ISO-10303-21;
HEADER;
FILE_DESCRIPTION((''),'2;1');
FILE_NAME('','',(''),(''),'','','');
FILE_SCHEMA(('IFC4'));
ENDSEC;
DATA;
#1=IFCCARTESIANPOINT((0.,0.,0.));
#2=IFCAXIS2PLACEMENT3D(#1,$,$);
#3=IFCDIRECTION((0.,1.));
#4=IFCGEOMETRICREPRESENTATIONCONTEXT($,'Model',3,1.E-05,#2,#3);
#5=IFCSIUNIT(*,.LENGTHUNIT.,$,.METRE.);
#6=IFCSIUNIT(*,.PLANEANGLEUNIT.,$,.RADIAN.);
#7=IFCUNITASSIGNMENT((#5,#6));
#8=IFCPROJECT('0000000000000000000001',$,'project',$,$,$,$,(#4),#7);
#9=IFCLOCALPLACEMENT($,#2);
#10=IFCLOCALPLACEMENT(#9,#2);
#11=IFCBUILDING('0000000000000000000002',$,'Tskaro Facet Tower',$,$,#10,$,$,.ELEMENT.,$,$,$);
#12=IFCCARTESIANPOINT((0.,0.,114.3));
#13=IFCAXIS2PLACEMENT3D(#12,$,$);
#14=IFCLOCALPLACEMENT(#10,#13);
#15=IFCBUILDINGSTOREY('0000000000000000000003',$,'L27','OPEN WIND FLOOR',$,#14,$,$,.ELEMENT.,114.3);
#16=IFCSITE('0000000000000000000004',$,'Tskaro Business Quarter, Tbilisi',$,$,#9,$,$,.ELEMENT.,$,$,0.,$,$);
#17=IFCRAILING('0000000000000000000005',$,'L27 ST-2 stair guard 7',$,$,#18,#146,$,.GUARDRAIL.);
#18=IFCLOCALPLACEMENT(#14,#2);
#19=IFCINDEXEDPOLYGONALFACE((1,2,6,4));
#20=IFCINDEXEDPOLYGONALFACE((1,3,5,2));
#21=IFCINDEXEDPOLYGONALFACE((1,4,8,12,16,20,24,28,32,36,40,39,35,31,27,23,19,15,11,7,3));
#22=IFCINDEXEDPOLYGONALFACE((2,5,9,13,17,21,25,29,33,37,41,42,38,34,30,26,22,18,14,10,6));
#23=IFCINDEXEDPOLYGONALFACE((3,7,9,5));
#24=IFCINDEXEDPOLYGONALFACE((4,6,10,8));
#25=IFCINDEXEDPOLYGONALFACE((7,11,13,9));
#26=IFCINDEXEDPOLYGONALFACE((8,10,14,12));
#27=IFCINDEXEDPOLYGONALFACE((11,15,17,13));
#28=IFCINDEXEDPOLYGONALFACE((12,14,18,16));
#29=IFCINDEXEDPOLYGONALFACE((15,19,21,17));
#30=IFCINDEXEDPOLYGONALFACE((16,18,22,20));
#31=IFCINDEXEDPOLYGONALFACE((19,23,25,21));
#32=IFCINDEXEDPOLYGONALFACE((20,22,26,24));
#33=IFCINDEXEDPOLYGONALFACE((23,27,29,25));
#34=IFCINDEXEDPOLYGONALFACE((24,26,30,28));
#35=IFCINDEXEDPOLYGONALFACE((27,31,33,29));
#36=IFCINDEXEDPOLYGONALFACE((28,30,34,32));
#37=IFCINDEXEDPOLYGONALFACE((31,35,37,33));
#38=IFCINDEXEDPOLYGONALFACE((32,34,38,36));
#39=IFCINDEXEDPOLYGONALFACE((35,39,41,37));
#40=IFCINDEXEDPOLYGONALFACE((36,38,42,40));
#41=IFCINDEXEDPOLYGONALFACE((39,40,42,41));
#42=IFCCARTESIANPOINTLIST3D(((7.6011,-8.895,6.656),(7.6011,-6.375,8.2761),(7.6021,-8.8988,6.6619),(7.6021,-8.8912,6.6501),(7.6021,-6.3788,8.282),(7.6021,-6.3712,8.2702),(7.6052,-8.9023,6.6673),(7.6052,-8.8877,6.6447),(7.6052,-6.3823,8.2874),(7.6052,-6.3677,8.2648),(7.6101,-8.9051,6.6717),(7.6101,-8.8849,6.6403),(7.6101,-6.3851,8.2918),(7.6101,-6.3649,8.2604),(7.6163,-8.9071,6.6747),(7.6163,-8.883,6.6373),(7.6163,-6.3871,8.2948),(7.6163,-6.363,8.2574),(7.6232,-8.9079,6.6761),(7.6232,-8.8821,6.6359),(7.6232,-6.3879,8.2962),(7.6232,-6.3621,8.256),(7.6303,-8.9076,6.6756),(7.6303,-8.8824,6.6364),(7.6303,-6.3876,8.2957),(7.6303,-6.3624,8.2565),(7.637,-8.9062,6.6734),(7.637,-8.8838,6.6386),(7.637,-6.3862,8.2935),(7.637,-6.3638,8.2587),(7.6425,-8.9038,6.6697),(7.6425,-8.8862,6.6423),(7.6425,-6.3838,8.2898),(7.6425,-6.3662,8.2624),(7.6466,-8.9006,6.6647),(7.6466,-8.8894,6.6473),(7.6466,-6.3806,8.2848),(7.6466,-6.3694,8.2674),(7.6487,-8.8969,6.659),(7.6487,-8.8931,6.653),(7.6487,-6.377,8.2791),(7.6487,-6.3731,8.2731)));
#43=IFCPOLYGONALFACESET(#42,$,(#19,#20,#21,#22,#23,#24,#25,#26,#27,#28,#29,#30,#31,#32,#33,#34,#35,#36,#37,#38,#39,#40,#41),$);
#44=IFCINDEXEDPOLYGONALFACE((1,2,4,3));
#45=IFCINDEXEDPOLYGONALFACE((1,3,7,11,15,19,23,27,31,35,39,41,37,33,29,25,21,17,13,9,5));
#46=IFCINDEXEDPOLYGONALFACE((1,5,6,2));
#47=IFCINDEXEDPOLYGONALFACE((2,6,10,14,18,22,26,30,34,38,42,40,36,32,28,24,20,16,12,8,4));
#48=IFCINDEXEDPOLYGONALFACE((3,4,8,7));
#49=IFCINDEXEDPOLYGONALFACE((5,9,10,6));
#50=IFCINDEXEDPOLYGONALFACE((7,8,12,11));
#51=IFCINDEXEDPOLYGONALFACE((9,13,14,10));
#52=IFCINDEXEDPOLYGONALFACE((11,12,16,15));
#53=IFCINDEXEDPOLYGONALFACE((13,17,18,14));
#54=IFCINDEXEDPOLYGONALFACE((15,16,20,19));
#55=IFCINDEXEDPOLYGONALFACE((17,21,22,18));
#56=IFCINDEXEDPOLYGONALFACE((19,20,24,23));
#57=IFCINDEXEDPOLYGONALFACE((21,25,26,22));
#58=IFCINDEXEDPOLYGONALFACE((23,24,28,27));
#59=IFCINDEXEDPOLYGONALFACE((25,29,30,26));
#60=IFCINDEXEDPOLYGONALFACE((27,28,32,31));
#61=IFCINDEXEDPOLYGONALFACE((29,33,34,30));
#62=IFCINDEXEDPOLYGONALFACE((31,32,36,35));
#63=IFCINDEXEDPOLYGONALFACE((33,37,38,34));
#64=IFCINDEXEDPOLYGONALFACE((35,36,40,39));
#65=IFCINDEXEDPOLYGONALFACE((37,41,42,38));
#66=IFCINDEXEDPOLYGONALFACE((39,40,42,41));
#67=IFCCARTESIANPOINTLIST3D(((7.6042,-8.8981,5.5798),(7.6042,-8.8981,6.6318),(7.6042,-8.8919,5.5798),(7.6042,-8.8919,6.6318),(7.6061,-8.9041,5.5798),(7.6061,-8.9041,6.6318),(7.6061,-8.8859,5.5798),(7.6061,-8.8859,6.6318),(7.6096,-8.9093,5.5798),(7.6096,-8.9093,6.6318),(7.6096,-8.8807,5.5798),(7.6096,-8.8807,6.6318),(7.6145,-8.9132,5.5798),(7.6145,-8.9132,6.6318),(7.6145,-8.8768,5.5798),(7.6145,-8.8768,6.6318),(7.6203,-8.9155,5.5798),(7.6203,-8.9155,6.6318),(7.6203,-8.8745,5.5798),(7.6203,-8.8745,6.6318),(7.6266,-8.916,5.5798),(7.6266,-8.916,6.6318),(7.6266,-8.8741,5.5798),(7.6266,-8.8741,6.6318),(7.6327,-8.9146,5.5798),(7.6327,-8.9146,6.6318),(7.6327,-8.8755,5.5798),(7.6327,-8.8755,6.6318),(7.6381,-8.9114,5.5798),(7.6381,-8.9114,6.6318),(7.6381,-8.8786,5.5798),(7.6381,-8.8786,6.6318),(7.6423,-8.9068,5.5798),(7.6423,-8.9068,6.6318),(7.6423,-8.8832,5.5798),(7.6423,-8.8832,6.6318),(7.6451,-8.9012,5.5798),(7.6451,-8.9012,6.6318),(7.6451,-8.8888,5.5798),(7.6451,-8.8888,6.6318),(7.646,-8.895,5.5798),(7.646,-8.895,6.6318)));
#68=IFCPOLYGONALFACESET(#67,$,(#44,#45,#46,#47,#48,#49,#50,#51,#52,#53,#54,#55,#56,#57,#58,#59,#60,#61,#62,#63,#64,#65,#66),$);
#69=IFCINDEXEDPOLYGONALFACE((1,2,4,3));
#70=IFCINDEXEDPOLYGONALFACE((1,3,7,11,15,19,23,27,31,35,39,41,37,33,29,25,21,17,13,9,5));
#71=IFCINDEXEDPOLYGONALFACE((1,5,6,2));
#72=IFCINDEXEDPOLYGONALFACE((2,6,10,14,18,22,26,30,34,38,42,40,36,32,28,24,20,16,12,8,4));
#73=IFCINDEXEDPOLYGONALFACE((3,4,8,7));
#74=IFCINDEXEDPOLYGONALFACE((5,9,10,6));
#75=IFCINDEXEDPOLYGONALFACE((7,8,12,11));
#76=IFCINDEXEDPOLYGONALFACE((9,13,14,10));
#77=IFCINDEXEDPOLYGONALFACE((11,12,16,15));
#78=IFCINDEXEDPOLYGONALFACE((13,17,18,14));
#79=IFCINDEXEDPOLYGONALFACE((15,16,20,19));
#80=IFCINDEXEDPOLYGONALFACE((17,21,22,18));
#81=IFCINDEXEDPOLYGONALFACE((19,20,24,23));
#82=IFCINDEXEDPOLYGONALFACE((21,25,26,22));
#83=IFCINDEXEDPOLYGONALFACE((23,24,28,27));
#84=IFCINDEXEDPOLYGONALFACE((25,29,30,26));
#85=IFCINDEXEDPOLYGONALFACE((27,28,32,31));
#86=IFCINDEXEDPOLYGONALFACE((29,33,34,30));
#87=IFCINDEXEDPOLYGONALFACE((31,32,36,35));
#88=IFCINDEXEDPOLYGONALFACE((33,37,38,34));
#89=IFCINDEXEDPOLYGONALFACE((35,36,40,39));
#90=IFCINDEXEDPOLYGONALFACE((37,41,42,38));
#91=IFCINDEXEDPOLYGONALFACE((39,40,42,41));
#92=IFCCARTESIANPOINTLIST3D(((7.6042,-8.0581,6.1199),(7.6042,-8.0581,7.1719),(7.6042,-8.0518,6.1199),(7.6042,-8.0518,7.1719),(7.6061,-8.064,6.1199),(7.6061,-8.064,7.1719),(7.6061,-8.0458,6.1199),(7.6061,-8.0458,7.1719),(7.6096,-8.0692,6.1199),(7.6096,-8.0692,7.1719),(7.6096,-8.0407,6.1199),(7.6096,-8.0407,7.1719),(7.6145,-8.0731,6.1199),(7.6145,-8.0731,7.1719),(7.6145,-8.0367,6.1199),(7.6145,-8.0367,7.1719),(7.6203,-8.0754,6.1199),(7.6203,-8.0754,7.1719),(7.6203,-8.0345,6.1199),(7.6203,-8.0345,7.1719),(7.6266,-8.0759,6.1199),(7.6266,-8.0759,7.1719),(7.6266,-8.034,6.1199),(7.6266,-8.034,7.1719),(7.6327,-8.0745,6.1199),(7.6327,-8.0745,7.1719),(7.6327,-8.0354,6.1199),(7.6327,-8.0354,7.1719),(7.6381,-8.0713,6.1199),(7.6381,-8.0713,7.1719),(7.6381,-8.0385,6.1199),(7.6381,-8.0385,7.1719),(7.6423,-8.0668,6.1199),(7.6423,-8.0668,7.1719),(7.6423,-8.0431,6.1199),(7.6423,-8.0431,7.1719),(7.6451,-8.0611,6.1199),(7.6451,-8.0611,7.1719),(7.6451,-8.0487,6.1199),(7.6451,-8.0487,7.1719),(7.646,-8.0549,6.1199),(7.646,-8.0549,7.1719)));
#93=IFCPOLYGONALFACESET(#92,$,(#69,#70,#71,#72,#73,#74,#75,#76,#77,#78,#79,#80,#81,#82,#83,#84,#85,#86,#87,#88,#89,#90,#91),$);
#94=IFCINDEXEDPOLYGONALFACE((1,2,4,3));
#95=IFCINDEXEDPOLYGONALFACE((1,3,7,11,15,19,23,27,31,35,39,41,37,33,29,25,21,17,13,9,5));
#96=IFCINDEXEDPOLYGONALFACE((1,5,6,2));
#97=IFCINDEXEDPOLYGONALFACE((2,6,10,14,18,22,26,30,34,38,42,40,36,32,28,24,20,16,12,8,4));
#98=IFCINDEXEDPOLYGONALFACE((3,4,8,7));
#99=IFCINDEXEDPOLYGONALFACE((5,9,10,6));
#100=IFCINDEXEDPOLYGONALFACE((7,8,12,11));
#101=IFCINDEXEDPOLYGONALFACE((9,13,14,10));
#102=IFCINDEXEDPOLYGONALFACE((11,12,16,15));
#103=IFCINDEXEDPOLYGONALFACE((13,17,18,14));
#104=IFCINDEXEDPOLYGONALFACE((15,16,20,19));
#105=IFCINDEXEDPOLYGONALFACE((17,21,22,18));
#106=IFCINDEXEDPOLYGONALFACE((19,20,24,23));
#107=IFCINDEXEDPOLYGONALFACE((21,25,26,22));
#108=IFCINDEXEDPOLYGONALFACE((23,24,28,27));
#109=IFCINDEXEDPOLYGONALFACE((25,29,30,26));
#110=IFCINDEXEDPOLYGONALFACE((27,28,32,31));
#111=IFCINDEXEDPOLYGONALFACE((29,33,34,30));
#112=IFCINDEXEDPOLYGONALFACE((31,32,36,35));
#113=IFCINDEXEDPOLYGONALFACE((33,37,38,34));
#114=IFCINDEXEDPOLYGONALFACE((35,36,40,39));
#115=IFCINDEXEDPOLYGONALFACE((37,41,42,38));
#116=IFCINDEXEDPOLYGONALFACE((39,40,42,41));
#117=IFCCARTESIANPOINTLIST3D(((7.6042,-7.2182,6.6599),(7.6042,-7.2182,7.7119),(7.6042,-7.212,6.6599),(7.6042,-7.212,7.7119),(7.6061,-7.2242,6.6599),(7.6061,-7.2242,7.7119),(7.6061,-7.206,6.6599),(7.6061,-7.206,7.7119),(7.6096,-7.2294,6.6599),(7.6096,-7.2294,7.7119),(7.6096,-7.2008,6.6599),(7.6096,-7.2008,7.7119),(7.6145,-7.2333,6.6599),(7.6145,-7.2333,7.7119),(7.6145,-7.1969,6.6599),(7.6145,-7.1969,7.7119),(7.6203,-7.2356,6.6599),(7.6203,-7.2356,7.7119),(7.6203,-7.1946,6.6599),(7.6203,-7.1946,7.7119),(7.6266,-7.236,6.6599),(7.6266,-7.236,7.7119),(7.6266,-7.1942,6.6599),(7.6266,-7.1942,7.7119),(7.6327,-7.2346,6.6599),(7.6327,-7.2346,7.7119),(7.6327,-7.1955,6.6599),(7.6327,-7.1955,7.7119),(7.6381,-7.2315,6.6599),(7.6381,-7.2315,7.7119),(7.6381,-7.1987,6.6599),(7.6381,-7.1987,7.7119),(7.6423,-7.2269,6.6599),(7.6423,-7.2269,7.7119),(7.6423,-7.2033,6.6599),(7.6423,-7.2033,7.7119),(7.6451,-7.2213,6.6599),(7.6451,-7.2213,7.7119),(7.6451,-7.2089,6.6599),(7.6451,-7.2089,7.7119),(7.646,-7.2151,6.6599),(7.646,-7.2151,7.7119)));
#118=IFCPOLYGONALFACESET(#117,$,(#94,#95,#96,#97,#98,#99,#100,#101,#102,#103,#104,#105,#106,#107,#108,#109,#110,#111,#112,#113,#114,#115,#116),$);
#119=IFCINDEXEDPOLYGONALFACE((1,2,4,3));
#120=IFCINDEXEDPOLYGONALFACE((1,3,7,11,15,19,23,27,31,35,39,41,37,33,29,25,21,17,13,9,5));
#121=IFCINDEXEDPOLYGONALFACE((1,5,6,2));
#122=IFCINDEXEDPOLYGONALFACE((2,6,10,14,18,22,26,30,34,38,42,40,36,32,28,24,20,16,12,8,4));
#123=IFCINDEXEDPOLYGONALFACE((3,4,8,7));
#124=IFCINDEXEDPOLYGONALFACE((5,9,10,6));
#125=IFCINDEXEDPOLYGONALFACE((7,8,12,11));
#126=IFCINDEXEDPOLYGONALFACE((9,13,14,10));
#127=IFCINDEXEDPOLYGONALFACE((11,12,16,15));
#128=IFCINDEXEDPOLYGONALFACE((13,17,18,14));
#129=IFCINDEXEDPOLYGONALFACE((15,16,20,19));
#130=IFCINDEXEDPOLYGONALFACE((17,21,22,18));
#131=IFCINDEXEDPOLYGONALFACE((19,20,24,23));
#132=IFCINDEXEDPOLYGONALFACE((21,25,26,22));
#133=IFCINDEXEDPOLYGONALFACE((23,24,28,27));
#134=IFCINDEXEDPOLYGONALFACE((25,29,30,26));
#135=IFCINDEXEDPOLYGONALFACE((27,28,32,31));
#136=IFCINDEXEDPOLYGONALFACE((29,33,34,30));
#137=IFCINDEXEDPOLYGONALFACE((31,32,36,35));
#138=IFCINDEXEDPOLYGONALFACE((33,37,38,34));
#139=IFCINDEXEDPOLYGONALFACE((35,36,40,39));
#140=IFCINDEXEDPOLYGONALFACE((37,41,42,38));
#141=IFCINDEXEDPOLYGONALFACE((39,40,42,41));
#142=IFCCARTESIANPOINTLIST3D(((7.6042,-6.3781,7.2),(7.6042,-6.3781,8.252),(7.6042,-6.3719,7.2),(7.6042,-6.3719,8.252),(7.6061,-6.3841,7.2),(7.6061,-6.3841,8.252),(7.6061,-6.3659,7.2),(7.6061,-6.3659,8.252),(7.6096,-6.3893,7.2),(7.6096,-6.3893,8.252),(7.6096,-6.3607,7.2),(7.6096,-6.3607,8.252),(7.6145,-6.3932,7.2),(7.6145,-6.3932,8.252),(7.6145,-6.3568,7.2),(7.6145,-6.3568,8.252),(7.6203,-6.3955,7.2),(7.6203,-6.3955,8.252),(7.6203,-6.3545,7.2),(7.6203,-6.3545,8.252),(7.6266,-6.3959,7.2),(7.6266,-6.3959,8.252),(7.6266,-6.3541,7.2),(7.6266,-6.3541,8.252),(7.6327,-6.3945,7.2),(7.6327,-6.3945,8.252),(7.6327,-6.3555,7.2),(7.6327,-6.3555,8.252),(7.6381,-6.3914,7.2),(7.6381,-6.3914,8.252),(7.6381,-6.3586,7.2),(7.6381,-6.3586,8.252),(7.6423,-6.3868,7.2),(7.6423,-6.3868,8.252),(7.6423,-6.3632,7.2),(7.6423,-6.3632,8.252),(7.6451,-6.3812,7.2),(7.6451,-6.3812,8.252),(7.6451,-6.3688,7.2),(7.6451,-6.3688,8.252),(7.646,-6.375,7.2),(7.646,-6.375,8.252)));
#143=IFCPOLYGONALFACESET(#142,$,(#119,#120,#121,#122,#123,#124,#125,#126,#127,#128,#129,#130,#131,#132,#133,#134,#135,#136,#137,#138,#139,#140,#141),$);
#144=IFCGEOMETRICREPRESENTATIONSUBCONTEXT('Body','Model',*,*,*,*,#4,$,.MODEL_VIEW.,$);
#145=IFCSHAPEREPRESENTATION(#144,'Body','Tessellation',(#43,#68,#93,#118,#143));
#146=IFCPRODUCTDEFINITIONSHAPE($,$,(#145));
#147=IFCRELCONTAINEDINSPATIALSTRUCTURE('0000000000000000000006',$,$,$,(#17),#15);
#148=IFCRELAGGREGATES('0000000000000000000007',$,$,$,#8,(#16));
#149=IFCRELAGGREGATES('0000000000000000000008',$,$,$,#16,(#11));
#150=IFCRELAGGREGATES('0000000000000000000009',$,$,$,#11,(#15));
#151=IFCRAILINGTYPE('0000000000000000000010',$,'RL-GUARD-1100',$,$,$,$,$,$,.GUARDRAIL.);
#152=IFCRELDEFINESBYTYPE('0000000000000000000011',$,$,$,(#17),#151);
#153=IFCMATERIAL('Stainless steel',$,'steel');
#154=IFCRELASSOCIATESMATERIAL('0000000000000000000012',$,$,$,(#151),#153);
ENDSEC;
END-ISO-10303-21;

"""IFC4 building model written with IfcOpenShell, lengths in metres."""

from ifc_helpers import new_model, si_unit, direction, frame, origin, origin_2d, place, context, subcontext, project, spatial, circle, extrude, material, type_object, element, save


model = new_model("IFC4")

# Units and contexts
model_context = context("Model", 3, precision=1e-05, world=origin(), true_north=direction((0.0, 1.0)))
body_context = subcontext(model_context, "Body", "Model", "MODEL_VIEW")
ifc_project = project(units=[si_unit("LENGTHUNIT", "METRE"), si_unit("PLANEANGLEUNIT", "RADIAN")], contexts=[model_context])

# Site, building, storey
site_placement = place(None, origin())
site = spatial("IfcSite", under=ifc_project, at=site_placement, Name="Tskaro Business Quarter, Tbilisi", CompositionType="ELEMENT", RefElevation=0.0)
building_placement = place(site_placement, origin())
building = spatial("IfcBuilding", under=site, at=building_placement, Name="Tskaro Facet Tower", CompositionType="ELEMENT")
storey_placement = place(building_placement, frame((0.0, 0.0, 114.3)))
storey = spatial("IfcBuildingStorey", under=building, at=storey_placement, Name="L27", Description="OPEN WIND FLOOR", CompositionType="ELEMENT", Elevation=114.3)

# Railing
ifc_material_1 = material(Name="Stainless steel", Category="steel")
railing_type_1 = type_object("IfcRailingType", Name="RL-GUARD-1100", PredefinedType="GUARDRAIL", material=ifc_material_1)
railing_1_placement = place(storey_placement, frame((7.625, -8.895, 5.5798)))
element("IfcRailing", 1, at=railing_1_placement, inside=storey, type_object=railing_type_1, Name="L27 ST-2 stair guard 7", PredefinedType="GUARDRAIL", context=body_context, shape_type="SweptSolid", body=[
    extrude(circle(Radius=0.0239, at=origin_2d()), frame((0.0, 0.0, 1.0762), z_axis=(0.0, 0.841163, 0.540782), x_axis=(-1.0, 0.0, 0.0)), (0.0, 0.0, 1.0), 2.9958),
    extrude(circle(Radius=0.021, at=origin_2d()), origin(), (0.0, 0.0, 1.0), 1.052),
    extrude(circle(Radius=0.021, at=origin_2d()), frame((0.0, 0.8401, 0.54)), (0.0, 0.0, 1.0), 1.052),
    extrude(circle(Radius=0.021, at=origin_2d()), frame((0.0, 1.6799, 1.0801)), (0.0, 0.0, 1.0), 1.052),
    extrude(circle(Radius=0.021, at=origin_2d()), frame((0.0, 2.52, 1.6201)), (0.0, 0.0, 1.0), 1.052),
])

save(model, "model.ifc")
